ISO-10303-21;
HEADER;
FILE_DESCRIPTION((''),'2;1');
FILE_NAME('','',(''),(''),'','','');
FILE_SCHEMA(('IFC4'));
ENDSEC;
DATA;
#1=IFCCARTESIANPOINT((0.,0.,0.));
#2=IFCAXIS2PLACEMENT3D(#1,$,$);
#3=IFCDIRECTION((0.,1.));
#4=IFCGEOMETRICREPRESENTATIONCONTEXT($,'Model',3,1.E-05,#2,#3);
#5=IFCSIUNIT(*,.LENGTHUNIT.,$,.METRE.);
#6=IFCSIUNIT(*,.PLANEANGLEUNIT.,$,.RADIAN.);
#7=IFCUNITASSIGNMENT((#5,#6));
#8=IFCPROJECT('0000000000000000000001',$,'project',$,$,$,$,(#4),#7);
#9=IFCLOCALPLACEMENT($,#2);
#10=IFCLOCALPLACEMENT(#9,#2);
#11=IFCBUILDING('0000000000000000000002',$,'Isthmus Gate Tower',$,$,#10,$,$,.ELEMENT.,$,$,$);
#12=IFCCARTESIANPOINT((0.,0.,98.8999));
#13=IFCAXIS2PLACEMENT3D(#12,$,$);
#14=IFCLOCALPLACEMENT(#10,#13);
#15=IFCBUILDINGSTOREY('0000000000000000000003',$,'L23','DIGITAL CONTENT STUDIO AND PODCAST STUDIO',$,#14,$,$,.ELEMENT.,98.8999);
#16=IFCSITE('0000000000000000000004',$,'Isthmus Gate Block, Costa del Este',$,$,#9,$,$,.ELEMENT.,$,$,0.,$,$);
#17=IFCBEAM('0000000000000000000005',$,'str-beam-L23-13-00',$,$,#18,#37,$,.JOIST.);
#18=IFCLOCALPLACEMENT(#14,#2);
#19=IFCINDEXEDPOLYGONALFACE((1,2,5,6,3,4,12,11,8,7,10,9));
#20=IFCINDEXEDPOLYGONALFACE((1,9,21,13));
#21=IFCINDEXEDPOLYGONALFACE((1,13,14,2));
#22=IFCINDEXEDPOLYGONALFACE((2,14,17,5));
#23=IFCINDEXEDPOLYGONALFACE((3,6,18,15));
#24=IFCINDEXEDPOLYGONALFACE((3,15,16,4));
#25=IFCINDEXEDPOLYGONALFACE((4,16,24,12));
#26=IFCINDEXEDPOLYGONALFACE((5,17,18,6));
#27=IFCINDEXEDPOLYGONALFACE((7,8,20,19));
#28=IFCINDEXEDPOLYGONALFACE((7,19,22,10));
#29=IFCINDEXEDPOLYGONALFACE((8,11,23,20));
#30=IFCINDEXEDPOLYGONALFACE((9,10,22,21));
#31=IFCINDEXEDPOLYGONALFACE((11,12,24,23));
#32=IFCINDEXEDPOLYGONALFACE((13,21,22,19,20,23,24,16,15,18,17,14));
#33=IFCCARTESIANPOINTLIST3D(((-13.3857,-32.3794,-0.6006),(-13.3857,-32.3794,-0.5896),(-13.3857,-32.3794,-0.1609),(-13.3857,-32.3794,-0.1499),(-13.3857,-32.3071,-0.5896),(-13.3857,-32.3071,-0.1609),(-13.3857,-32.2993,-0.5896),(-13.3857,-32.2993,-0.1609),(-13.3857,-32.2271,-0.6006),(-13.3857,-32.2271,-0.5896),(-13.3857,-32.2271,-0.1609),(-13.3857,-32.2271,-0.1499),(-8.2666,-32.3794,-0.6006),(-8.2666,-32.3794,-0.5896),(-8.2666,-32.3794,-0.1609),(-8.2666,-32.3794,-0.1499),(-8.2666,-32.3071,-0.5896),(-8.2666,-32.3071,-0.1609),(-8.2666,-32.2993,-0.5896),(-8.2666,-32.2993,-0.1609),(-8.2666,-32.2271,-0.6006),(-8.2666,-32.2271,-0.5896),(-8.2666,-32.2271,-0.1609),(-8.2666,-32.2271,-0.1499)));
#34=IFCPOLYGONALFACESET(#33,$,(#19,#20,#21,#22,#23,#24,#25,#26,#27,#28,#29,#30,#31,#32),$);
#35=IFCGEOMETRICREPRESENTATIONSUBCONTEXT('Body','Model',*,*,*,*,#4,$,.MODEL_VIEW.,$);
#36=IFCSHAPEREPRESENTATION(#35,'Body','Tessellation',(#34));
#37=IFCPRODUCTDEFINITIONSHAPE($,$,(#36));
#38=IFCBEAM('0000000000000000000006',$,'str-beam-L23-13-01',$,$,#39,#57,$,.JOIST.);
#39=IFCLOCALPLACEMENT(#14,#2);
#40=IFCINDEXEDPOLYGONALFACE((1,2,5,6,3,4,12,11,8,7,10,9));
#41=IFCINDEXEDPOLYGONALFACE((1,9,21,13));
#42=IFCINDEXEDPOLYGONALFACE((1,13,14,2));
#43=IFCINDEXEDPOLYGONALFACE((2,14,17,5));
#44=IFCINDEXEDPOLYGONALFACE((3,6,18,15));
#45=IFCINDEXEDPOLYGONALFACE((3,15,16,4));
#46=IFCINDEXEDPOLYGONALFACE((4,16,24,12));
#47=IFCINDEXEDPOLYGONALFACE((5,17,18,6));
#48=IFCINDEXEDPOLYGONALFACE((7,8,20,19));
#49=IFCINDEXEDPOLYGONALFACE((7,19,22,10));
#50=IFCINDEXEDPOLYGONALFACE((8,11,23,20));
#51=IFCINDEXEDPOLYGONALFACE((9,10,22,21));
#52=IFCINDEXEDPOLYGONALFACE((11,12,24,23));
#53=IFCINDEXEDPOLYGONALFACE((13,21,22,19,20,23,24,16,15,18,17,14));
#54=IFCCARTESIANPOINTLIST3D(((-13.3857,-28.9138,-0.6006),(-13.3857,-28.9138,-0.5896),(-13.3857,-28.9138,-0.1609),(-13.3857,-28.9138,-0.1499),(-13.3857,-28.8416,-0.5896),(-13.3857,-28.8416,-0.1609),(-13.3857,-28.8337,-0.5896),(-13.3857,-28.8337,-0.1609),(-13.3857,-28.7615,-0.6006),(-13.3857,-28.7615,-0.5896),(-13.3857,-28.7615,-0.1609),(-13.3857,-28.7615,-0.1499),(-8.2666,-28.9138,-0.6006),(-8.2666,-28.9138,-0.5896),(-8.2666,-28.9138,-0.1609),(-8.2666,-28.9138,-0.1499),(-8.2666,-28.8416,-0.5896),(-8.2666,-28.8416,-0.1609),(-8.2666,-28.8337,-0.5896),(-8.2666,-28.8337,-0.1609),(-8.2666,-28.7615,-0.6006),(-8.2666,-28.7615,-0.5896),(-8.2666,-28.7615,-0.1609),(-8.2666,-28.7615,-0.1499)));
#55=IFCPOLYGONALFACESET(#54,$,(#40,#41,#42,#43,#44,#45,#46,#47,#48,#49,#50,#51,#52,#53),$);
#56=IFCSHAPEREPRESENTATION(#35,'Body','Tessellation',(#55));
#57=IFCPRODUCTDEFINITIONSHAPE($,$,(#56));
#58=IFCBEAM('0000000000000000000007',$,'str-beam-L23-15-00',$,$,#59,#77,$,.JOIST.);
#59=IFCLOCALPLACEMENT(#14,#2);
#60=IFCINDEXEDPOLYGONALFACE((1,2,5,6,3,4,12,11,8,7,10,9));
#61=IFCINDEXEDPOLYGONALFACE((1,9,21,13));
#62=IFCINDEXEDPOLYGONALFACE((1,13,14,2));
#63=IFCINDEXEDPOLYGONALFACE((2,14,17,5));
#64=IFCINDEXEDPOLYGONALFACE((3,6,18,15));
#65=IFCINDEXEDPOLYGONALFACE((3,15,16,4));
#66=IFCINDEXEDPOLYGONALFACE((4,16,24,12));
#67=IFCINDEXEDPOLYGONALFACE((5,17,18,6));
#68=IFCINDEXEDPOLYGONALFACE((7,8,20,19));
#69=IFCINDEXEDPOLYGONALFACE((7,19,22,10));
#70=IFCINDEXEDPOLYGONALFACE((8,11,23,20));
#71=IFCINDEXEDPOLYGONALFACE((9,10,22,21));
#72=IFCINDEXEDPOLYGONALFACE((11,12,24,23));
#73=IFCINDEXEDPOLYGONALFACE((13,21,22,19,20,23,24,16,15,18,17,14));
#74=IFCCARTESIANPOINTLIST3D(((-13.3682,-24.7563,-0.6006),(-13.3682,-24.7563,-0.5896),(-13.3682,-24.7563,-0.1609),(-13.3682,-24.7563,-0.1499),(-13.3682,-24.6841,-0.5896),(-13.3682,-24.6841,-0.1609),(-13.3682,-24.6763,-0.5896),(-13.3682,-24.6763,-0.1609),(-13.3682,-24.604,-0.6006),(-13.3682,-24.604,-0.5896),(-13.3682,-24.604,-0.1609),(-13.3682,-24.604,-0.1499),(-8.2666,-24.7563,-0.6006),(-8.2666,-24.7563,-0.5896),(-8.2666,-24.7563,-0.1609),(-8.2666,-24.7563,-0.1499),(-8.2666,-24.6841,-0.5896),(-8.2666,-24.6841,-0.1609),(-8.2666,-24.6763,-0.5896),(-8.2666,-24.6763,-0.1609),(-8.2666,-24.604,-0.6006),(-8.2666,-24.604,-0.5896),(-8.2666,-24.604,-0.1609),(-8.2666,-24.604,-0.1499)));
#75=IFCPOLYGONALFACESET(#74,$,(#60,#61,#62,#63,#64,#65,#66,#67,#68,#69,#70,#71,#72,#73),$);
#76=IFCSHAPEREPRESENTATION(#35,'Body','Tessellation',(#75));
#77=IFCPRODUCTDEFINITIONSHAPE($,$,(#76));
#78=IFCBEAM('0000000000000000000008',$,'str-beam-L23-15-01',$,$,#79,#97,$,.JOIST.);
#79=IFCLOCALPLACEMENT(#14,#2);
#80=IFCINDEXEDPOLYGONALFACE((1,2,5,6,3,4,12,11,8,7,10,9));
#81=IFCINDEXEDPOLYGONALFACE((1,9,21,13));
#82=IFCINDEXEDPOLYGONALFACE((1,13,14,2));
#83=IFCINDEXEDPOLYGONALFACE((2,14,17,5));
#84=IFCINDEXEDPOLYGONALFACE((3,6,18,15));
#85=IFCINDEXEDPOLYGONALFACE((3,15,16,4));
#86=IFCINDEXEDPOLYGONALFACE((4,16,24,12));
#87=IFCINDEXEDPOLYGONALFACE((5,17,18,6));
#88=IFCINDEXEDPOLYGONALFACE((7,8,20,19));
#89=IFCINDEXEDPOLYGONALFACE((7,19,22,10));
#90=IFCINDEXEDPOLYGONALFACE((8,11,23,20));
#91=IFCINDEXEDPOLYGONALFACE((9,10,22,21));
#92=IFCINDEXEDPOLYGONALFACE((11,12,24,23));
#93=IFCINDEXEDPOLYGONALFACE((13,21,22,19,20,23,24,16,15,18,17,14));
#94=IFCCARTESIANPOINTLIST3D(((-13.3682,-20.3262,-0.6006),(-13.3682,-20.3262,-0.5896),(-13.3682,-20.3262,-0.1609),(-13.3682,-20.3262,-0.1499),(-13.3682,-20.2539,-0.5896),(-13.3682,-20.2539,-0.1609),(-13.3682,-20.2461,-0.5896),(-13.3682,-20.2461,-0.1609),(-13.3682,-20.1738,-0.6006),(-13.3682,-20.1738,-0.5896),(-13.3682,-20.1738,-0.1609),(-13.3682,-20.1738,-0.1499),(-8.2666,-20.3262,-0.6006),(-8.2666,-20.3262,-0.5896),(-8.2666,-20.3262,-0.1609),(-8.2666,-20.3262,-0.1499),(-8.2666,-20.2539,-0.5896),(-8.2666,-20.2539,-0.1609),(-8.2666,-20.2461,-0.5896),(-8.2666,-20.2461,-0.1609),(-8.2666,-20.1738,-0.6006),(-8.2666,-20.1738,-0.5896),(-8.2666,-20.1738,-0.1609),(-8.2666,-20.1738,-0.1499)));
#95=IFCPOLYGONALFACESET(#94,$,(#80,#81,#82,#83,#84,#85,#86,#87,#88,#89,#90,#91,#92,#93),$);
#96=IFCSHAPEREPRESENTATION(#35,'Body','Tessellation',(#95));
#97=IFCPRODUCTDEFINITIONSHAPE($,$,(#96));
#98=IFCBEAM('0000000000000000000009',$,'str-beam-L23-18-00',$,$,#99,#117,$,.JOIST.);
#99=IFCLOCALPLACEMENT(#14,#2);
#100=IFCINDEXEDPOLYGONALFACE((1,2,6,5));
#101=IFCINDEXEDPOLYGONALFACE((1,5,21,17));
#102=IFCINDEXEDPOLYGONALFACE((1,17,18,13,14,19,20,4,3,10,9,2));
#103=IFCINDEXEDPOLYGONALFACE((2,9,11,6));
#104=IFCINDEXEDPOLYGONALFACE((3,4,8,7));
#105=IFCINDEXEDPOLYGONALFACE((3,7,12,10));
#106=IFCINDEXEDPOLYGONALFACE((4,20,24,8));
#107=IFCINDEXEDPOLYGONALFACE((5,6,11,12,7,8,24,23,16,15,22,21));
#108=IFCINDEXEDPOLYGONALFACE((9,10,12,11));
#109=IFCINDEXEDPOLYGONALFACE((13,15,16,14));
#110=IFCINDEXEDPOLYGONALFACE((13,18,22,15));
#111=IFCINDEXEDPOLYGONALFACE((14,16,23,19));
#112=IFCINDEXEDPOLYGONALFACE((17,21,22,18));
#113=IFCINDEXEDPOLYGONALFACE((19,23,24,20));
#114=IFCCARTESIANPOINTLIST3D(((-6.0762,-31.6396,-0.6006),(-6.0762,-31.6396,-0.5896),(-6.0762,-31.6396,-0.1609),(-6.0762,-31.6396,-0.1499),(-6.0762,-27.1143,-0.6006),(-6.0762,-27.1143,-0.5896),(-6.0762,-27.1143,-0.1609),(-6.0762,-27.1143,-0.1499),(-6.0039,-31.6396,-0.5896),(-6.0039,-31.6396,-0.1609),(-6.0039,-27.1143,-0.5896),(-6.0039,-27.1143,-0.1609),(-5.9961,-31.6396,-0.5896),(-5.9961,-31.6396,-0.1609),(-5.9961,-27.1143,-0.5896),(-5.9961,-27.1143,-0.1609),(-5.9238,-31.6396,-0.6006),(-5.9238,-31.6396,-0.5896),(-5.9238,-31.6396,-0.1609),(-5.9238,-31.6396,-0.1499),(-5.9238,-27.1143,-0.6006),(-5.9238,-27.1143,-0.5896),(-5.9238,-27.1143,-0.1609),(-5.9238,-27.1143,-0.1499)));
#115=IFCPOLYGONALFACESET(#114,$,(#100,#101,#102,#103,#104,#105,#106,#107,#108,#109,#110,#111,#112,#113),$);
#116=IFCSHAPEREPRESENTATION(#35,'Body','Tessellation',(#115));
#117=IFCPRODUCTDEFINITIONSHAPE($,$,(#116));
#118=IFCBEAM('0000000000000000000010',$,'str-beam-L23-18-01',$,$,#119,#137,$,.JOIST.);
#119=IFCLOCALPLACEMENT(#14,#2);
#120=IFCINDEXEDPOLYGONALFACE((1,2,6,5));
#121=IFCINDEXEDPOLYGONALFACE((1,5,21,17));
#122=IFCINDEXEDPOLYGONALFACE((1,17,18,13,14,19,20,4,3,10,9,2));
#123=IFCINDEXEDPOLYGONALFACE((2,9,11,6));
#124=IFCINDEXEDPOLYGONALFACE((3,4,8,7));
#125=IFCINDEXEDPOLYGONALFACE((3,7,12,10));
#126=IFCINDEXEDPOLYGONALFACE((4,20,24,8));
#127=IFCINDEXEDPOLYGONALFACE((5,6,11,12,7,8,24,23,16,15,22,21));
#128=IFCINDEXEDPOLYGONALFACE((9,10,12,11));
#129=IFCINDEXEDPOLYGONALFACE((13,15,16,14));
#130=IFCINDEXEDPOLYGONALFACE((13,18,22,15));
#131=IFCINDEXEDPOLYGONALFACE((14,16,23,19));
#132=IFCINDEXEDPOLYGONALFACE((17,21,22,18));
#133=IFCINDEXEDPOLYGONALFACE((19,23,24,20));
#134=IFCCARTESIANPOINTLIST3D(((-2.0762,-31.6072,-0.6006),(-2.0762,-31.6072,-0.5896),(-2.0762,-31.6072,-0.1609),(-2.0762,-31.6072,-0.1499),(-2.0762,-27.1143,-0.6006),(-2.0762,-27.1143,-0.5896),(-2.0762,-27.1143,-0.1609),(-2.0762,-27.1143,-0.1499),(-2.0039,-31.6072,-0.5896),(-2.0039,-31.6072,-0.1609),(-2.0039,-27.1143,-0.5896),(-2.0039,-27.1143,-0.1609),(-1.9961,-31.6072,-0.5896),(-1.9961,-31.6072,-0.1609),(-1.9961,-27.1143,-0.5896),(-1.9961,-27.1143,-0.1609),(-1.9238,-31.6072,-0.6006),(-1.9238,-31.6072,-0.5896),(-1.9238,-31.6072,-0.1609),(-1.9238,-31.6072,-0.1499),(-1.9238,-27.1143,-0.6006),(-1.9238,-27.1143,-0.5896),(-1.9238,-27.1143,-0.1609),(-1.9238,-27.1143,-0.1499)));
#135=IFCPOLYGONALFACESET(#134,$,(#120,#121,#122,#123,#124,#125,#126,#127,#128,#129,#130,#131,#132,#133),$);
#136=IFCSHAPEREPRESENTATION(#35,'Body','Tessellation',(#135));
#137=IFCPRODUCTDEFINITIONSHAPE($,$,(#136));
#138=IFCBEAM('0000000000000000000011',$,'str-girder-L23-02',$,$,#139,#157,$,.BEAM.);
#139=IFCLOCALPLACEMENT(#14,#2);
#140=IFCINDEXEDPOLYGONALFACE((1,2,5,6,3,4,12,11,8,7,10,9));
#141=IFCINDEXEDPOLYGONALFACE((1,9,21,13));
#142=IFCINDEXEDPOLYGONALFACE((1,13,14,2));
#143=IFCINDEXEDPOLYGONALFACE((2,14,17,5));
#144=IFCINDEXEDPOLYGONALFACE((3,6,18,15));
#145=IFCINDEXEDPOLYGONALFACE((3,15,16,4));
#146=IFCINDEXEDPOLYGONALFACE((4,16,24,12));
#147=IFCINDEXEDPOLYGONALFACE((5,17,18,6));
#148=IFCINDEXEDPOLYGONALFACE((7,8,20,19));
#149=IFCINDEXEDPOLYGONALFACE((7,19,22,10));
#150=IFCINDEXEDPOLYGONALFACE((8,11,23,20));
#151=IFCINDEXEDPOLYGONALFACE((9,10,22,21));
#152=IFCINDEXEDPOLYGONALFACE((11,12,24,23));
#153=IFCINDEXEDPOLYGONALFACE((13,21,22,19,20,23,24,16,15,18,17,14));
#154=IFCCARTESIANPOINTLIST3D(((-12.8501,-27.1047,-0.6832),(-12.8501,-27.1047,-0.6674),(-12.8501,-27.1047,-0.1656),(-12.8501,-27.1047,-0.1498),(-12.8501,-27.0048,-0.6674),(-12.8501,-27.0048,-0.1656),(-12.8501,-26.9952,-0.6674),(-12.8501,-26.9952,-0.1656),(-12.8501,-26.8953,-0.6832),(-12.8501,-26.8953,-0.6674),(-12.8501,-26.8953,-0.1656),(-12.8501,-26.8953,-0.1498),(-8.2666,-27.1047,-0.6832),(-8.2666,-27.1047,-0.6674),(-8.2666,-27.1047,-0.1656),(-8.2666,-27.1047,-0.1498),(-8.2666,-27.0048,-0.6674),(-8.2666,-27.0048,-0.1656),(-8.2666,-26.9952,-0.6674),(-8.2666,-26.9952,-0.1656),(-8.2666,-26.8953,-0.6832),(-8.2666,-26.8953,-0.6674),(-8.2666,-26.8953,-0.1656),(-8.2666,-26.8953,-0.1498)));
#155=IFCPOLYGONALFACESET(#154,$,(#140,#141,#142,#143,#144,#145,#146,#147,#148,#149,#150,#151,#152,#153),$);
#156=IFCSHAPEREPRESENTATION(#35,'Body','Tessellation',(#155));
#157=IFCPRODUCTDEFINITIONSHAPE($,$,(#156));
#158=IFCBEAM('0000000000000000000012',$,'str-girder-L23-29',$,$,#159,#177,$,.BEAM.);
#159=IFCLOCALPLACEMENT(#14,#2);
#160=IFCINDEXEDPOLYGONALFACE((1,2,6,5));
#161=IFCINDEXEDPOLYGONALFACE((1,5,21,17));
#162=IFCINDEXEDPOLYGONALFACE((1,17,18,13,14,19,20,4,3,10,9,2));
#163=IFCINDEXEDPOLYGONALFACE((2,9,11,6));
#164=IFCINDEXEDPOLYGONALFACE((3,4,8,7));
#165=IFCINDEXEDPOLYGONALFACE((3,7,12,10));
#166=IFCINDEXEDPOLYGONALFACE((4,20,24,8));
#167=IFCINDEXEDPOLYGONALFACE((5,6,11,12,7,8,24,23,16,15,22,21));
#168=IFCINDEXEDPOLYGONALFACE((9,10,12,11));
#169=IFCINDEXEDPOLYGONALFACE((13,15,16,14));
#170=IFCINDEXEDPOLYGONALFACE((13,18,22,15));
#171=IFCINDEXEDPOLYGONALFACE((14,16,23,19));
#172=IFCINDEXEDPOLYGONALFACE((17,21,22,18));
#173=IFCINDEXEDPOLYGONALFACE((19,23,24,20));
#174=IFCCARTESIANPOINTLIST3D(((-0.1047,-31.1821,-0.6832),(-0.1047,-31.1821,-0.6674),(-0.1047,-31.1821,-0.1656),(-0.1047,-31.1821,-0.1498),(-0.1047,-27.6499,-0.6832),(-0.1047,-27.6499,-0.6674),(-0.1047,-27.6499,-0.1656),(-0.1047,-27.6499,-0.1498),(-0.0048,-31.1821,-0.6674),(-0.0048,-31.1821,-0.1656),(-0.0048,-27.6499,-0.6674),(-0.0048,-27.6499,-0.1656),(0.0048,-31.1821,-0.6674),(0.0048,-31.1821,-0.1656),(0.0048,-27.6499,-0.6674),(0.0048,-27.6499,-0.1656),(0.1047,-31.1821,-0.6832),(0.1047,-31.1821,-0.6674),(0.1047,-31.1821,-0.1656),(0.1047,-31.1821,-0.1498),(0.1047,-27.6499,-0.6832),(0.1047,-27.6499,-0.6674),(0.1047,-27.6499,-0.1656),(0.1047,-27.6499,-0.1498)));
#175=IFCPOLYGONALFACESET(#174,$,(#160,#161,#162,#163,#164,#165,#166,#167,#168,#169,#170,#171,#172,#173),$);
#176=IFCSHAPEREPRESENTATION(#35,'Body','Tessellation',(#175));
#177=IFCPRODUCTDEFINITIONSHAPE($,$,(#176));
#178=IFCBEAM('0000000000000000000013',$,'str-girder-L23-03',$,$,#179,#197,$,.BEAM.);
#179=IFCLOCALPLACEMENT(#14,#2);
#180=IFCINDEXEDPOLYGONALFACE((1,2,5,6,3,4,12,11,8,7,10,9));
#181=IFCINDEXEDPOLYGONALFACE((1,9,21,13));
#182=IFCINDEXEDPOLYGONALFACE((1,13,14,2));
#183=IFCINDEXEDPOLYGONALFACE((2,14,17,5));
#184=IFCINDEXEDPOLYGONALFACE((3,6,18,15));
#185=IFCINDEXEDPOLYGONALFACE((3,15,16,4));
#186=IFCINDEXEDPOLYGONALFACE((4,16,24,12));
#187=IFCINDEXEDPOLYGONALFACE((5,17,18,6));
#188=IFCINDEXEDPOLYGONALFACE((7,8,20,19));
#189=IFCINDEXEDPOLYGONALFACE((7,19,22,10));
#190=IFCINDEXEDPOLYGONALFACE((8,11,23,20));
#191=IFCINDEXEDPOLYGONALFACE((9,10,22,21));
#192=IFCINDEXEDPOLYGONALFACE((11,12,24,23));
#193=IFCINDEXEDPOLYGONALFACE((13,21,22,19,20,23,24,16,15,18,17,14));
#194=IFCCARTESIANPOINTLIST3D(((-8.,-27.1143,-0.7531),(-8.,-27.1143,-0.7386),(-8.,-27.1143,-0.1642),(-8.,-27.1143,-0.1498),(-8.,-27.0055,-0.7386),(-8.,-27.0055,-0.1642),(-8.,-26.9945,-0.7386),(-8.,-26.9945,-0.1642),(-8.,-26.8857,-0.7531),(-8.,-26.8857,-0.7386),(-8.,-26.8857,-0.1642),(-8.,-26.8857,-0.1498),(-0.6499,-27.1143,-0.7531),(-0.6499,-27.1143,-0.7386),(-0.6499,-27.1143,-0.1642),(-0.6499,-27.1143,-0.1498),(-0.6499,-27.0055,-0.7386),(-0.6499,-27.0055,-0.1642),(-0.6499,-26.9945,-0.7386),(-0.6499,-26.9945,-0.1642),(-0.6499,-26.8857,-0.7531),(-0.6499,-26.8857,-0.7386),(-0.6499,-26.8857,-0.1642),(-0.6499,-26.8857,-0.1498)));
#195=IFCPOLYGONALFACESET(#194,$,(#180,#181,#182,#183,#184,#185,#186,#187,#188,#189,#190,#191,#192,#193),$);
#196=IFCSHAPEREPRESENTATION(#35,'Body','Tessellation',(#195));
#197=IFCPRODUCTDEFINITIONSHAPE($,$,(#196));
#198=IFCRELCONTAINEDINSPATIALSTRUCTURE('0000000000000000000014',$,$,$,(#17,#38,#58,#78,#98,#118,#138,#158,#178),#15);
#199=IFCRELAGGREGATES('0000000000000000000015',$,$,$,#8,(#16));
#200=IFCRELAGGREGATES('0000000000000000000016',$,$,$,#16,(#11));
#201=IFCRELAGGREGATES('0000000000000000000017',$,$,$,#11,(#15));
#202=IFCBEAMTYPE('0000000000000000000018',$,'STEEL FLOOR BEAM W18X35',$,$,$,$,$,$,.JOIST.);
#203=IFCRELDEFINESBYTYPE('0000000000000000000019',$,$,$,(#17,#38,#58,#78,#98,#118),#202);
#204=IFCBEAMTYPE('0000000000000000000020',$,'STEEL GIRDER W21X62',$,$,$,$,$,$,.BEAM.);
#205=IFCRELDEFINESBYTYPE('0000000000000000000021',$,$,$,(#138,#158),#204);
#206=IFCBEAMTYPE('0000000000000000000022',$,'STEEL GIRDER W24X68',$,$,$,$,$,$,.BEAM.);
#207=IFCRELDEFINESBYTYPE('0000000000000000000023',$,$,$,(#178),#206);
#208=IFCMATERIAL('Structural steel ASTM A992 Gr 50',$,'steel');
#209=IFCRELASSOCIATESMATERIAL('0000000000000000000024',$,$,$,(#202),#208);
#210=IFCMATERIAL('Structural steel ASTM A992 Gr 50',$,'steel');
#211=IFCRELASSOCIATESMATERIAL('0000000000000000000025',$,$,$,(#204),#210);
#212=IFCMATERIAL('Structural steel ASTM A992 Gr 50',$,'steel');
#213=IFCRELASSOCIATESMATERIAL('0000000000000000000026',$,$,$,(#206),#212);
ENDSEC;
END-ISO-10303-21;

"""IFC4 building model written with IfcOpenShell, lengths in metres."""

from ifc_helpers import new_model, si_unit, direction, frame, origin, origin_2d, place, context, subcontext, project, spatial, i_section, extrude, material, material_profile, profile_set, type_object, element, save


model = new_model("IFC4")

# Units and contexts
model_context = context("Model", 3, precision=1e-05, world=origin(), true_north=direction((0.0, 1.0)))
body_context = subcontext(model_context, "Body", "Model", "MODEL_VIEW")
ifc_project = project(units=[si_unit("LENGTHUNIT", "METRE"), si_unit("PLANEANGLEUNIT", "RADIAN")], contexts=[model_context])

# Site, building, storey
site_placement = place(None, origin())
site = spatial("IfcSite", under=ifc_project, at=site_placement, Name="Isthmus Gate Block, Costa del Este", CompositionType="ELEMENT", RefElevation=0.0)
building_placement = place(site_placement, origin())
building = spatial("IfcBuilding", under=site, at=building_placement, Name="Isthmus Gate Tower", CompositionType="ELEMENT")
storey_placement = place(building_placement, frame((0.0, 0.0, 98.8999)))
storey = spatial("IfcBuildingStorey", under=building, at=storey_placement, Name="L23", Description="DIGITAL CONTENT STUDIO AND PODCAST STUDIO", CompositionType="ELEMENT", Elevation=98.8999)

# Beams
ifc_material_1 = material(Name="Structural steel ASTM A992 Gr 50", Category="steel")
ifc_material_profile_1 = material_profile(ifc_material_1, i_section(OverallWidth=0.1523, OverallDepth=0.4507, WebThickness=0.0078, FlangeThickness=0.011, at=origin_2d()), Name="W18X35")
ifc_profile_set_1 = profile_set([ifc_material_profile_1], Name="Structural steel ASTM A992 Gr 50")
beam_type_1 = type_object("IfcBeamType", Name="STEEL FLOOR BEAM W18X35", PredefinedType="JOIST", material=ifc_profile_set_1)
for number, where, z_axis, x_axis, name in (
    (1, (-13.3857, -32.3032, -0.3752), (1.0, 0.0, 0.0), (0.0, 1.0, 0.0), "str-beam-L23-13-00"),
    (2, (-13.3857, -28.8376, -0.3752), (1.0, 0.0, 0.0), (0.0, 1.0, 0.0), "str-beam-L23-13-01"),
):
    element("IfcBeam", number, at=place(storey_placement, frame(where, z_axis=z_axis, x_axis=x_axis)), inside=storey, type_object=beam_type_1, Name=name, PredefinedType="JOIST", context=body_context, shape_type="SweptSolid", body=[
        extrude(i_section(OverallWidth=0.1523, OverallDepth=0.4507, WebThickness=0.0078, FlangeThickness=0.011, at=origin_2d()), origin(), (0.0, 0.0, 1.0), 5.1191),
    ])
for number, where, z_axis, x_axis, name in (
    (3, (-13.3682, -24.6802, -0.3752), (1.0, 0.0, 0.0), (0.0, 1.0, 0.0), "str-beam-L23-15-00"),
    (4, (-13.3682, -20.25, -0.3752), (1.0, 0.0, 0.0), (0.0, 1.0, 0.0), "str-beam-L23-15-01"),
):
    element("IfcBeam", number, at=place(storey_placement, frame(where, z_axis=z_axis, x_axis=x_axis)), inside=storey, type_object=beam_type_1, Name=name, PredefinedType="JOIST", context=body_context, shape_type="SweptSolid", body=[
        extrude(i_section(OverallWidth=0.1523, OverallDepth=0.4507, WebThickness=0.0078, FlangeThickness=0.011, at=origin_2d()), origin(), (0.0, 0.0, 1.0), 5.1016),
    ])
beam_1_placement = place(storey_placement, frame((-6.0, -31.6396, -0.3752), z_axis=(0.0, 1.0, 0.0), x_axis=(-1.0, 0.0, 0.0)))
element("IfcBeam", 5, at=beam_1_placement, inside=storey, type_object=beam_type_1, Name="str-beam-L23-18-00", PredefinedType="JOIST", context=body_context, shape_type="SweptSolid", body=[
    extrude(i_section(OverallWidth=0.1523, OverallDepth=0.4507, WebThickness=0.0078, FlangeThickness=0.011, at=origin_2d()), origin(), (0.0, 0.0, 1.0), 4.5254),
])
beam_2_placement = place(storey_placement, frame((-2.0, -31.6072, -0.3752), z_axis=(0.0, 1.0, 0.0), x_axis=(-1.0, 0.0, 0.0)))
element("IfcBeam", 6, at=beam_2_placement, inside=storey, type_object=beam_type_1, Name="str-beam-L23-18-01", PredefinedType="JOIST", context=body_context, shape_type="SweptSolid", body=[
    extrude(i_section(OverallWidth=0.1523, OverallDepth=0.4507, WebThickness=0.0078, FlangeThickness=0.011, at=origin_2d()), origin(), (0.0, 0.0, 1.0), 4.4929),
])
ifc_material_2 = material(Name="Structural steel ASTM A992 Gr 50", Category="steel")
ifc_material_profile_2 = material_profile(ifc_material_2, i_section(OverallWidth=0.2095, OverallDepth=0.5334, WebThickness=0.0095, FlangeThickness=0.0159, at=origin_2d()), Name="W21X62")
ifc_profile_set_2 = profile_set([ifc_material_profile_2], Name="Structural steel ASTM A992 Gr 50")
beam_type_2 = type_object("IfcBeamType", Name="STEEL GIRDER W21X62", PredefinedType="BEAM", material=ifc_profile_set_2)
beam_3_placement = place(storey_placement, frame((-12.8501, -27.0, -0.4165), z_axis=(1.0, 0.0, 0.0), x_axis=(0.0, 1.0, 0.0)))
element("IfcBeam", 7, at=beam_3_placement, inside=storey, type_object=beam_type_2, Name="str-girder-L23-02", PredefinedType="BEAM", context=body_context, shape_type="SweptSolid", body=[
    extrude(i_section(OverallWidth=0.2095, OverallDepth=0.5334, WebThickness=0.0095, FlangeThickness=0.0159, at=origin_2d()), origin(), (0.0, 0.0, 1.0), 4.5835),
])
beam_4_placement = place(storey_placement, frame((0.0, -31.1821, -0.4165), z_axis=(0.0, 1.0, 0.0), x_axis=(-1.0, 0.0, 0.0)))
element("IfcBeam", 8, at=beam_4_placement, inside=storey, type_object=beam_type_2, Name="str-girder-L23-29", PredefinedType="BEAM", context=body_context, shape_type="SweptSolid", body=[
    extrude(i_section(OverallWidth=0.2095, OverallDepth=0.5334, WebThickness=0.0095, FlangeThickness=0.0159, at=origin_2d()), origin(), (0.0, 0.0, 1.0), 3.5322),
])
ifc_material_3 = material(Name="Structural steel ASTM A992 Gr 50", Category="steel")
ifc_material_profile_3 = material_profile(ifc_material_3, i_section(OverallWidth=0.2285, OverallDepth=0.6033, WebThickness=0.011, FlangeThickness=0.0144, at=origin_2d()), Name="W24X68")
ifc_profile_set_3 = profile_set([ifc_material_profile_3], Name="Structural steel ASTM A992 Gr 50")
beam_type_3 = type_object("IfcBeamType", Name="STEEL GIRDER W24X68", PredefinedType="BEAM", material=ifc_profile_set_3)
beam_5_placement = place(storey_placement, frame((-8.0, -27.0, -0.4514), z_axis=(1.0, 0.0, 0.0), x_axis=(0.0, 1.0, 0.0)))
element("IfcBeam", 9, at=beam_5_placement, inside=storey, type_object=beam_type_3, Name="str-girder-L23-03", PredefinedType="BEAM", context=body_context, shape_type="SweptSolid", body=[
    extrude(i_section(OverallWidth=0.2285, OverallDepth=0.6033, WebThickness=0.011, FlangeThickness=0.0144, at=origin_2d()), origin(), (0.0, 0.0, 1.0), 7.3501),
])

save(model, "model.ifc")
